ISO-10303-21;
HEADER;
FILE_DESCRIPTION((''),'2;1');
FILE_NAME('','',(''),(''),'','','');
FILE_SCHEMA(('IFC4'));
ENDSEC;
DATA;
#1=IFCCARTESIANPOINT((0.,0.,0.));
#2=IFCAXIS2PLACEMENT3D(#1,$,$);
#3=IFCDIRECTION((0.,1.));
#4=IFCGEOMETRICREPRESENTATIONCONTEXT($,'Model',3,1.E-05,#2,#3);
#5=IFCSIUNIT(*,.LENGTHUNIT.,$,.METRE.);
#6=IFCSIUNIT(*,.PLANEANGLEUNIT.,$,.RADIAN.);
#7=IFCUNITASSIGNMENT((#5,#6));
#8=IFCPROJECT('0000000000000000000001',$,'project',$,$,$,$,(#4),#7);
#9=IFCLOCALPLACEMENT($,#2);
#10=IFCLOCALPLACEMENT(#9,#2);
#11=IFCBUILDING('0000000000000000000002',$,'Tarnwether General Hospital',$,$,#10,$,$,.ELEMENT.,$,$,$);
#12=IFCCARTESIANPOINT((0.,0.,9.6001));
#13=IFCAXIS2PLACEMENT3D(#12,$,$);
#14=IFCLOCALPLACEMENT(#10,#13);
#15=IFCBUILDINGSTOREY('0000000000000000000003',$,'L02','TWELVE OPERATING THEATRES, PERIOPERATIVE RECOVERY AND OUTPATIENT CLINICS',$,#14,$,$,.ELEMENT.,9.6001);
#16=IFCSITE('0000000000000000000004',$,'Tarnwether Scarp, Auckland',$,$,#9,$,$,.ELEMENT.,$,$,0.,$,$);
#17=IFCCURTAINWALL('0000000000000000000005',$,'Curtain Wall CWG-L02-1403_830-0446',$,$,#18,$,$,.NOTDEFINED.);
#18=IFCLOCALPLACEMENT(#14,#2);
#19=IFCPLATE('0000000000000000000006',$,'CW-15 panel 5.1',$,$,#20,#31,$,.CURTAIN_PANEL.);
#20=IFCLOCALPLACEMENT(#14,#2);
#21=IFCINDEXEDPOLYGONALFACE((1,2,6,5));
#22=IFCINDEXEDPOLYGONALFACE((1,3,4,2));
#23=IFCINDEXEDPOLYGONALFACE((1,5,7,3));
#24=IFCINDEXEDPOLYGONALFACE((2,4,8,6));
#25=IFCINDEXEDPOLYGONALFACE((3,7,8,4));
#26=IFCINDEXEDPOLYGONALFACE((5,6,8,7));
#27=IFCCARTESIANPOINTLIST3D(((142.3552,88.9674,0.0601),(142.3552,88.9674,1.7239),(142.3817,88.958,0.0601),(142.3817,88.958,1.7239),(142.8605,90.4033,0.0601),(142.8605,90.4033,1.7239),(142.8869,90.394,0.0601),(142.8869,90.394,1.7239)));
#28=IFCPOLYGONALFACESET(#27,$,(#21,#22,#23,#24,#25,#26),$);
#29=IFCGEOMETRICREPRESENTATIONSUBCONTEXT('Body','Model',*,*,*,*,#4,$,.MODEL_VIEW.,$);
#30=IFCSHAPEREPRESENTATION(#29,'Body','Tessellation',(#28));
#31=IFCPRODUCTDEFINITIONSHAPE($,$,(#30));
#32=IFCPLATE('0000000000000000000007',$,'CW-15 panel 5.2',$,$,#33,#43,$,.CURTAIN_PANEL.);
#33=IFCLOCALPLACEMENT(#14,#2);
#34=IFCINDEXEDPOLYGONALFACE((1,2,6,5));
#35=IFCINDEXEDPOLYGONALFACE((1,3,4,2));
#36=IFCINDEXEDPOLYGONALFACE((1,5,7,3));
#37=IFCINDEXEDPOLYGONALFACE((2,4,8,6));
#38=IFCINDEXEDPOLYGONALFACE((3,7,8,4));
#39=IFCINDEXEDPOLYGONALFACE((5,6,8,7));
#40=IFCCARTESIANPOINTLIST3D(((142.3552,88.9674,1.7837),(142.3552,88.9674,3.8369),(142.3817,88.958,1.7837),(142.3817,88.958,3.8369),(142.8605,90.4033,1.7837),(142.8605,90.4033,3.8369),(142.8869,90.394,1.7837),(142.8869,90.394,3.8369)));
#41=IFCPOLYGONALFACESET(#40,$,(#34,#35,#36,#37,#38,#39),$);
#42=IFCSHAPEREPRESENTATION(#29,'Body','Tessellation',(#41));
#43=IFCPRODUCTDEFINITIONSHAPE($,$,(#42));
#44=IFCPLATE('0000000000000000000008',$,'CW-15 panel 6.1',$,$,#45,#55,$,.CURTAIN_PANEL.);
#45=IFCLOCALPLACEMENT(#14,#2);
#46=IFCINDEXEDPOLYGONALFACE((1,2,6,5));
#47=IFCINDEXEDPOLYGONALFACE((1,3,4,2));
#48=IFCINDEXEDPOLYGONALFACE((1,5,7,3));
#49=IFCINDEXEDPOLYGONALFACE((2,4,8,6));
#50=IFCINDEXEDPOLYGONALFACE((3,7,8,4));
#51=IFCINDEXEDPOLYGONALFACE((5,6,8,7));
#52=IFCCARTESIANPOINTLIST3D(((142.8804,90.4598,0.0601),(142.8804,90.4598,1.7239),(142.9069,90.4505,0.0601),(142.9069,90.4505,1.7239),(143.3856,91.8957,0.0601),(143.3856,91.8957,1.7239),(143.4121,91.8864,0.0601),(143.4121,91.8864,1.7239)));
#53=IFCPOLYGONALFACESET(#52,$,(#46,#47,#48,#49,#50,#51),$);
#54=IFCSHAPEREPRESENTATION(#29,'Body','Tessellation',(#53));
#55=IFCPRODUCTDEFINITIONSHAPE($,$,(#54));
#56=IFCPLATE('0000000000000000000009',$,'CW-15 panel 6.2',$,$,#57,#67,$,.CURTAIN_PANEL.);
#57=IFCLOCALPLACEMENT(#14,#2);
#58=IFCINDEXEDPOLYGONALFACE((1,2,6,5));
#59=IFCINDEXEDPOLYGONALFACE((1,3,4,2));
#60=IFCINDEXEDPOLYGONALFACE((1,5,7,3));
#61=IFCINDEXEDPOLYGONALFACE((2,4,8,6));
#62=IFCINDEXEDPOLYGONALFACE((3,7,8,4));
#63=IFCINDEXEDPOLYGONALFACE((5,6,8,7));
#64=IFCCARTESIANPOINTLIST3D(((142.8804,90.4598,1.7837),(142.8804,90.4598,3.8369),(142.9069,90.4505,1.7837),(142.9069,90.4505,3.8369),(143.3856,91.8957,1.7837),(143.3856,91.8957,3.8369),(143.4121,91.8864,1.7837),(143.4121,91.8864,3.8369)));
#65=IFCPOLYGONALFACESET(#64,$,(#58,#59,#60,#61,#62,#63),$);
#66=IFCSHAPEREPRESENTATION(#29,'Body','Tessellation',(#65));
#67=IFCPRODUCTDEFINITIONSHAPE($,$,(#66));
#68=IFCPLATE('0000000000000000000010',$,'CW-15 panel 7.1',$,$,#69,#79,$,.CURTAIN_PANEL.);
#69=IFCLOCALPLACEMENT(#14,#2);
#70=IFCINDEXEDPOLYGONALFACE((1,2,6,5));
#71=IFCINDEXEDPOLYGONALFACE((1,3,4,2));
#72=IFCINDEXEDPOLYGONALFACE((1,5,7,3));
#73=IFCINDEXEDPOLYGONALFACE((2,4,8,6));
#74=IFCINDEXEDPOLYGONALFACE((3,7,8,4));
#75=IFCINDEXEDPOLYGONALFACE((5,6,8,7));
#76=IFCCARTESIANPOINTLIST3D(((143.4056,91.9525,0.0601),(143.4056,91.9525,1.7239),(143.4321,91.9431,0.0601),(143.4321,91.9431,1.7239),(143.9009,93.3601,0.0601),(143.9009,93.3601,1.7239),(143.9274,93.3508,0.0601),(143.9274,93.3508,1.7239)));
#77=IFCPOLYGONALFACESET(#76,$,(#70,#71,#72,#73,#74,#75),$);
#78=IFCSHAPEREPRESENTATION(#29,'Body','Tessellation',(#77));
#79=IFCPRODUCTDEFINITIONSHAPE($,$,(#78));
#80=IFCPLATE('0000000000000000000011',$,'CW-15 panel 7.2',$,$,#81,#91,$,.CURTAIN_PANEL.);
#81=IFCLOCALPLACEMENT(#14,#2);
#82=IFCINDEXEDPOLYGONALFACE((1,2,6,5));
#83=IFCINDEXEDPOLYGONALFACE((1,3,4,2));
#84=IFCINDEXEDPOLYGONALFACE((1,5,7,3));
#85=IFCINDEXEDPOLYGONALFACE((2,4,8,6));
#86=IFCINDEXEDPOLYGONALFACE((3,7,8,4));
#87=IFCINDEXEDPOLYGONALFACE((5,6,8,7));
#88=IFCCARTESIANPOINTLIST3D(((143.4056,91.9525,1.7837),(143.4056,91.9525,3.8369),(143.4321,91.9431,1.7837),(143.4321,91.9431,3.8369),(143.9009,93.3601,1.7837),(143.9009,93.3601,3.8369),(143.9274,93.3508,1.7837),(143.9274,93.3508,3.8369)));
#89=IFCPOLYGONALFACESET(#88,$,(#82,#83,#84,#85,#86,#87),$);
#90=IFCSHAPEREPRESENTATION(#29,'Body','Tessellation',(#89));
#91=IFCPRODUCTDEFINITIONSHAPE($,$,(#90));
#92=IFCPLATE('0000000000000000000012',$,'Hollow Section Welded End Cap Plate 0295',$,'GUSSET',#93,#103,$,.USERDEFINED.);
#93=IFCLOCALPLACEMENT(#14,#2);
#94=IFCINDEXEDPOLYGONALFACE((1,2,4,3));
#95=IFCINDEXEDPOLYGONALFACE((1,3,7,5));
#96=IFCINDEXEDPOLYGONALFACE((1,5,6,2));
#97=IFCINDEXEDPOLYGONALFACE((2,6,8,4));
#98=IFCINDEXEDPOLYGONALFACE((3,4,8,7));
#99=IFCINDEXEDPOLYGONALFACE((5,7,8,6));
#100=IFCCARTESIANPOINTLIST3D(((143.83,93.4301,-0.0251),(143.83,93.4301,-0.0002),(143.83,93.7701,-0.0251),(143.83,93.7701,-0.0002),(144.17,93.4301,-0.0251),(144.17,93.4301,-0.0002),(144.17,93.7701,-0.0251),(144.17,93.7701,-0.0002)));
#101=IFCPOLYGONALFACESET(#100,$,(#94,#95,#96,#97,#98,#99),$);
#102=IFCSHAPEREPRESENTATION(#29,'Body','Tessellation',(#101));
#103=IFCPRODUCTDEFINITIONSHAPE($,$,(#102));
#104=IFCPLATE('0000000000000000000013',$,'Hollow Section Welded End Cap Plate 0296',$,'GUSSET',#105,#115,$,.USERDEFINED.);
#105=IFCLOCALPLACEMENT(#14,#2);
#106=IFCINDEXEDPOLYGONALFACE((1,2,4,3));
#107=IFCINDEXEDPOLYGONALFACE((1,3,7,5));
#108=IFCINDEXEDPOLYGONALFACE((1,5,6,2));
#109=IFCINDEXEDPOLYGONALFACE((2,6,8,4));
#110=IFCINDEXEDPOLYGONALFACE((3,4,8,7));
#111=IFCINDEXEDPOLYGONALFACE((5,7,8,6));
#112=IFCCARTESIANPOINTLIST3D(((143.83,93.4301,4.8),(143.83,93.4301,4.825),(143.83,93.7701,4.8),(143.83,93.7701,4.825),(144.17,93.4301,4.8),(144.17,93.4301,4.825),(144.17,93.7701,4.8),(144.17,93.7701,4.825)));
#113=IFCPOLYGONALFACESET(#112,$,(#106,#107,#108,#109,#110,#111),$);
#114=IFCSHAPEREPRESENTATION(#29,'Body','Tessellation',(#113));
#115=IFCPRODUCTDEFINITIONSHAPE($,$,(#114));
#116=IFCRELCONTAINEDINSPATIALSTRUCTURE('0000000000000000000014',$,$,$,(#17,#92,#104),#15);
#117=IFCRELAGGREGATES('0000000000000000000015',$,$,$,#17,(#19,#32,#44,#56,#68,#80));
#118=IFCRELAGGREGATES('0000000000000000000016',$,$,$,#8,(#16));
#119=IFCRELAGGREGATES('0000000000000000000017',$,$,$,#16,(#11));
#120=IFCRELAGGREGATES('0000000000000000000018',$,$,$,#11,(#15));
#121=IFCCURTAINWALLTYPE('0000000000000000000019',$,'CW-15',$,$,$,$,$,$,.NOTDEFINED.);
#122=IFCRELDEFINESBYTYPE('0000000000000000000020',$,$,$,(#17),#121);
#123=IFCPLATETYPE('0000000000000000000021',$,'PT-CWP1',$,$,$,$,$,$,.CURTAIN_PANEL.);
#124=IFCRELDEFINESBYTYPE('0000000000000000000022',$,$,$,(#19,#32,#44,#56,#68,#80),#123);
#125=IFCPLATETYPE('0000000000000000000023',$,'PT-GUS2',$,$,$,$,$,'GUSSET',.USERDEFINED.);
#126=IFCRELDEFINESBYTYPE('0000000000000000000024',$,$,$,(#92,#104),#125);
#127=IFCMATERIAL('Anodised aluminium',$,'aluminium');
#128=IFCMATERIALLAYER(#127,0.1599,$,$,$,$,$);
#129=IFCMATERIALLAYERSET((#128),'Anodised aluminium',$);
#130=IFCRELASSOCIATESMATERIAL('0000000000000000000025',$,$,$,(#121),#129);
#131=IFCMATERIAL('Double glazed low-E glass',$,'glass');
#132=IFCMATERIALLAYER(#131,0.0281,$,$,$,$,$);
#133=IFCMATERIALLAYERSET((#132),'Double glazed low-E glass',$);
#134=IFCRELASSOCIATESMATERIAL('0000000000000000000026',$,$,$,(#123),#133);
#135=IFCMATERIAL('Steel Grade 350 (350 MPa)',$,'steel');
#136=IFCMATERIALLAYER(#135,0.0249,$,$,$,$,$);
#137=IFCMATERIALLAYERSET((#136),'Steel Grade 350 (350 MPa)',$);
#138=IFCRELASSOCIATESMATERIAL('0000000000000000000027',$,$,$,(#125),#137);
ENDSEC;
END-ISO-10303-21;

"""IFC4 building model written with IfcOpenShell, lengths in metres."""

from ifc_helpers import new_model, si_unit, direction, frame, origin, origin_2d, place, context, subcontext, project, spatial, rectangle, extrude, material, layer, layer_set, type_object, element, aggregate, save


model = new_model("IFC4")

# Units and contexts
model_context = context("Model", 3, precision=1e-05, world=origin(), true_north=direction((0.0, 1.0)))
body_context = subcontext(model_context, "Body", "Model", "MODEL_VIEW")
ifc_project = project(units=[si_unit("LENGTHUNIT", "METRE"), si_unit("PLANEANGLEUNIT", "RADIAN")], contexts=[model_context])

# Site, building, storey
site_placement = place(None, origin())
site = spatial("IfcSite", under=ifc_project, at=site_placement, Name="Tarnwether Scarp, Auckland", CompositionType="ELEMENT", RefElevation=0.0)
building_placement = place(site_placement, origin())
building = spatial("IfcBuilding", under=site, at=building_placement, Name="Tarnwether General Hospital", CompositionType="ELEMENT")
storey_placement = place(building_placement, frame((0.0, 0.0, 9.6001)))
storey = spatial("IfcBuildingStorey", under=building, at=storey_placement, Name="L02", Description="TWELVE OPERATING THEATRES, PERIOPERATIVE RECOVERY AND OUTPATIENT CLINICS", CompositionType="ELEMENT", Elevation=9.6001)

# Shared definitions
ifc_material_1 = material(Name="Anodised aluminium", Category="aluminium")
ifc_layer_1 = layer(ifc_material_1, 0.1599)
ifc_layer_set_1 = layer_set([ifc_layer_1], Name="Anodised aluminium")
curtain_wall_type = type_object("IfcCurtainWallType", Name="CW-15", PredefinedType="NOTDEFINED", material=ifc_layer_set_1)

# Curtain wall
curtain_wall_1_placement = place(storey_placement, origin())
curtain_wall_1 = element("IfcCurtainWall", 1, at=curtain_wall_1_placement, inside=storey, type_object=curtain_wall_type, Name="Curtain Wall CWG-L02-1403_830-0446", PredefinedType="NOTDEFINED")

# Plates
ifc_material_2 = material(Name="Double glazed low-E glass", Category="glass")
ifc_layer_2 = layer(ifc_material_2, 0.0281)
ifc_layer_set_2 = layer_set([ifc_layer_2], Name="Double glazed low-E glass")
plate_type_1 = type_object("IfcPlateType", Name="PT-CWP1", PredefinedType="CURTAIN_PANEL", material=ifc_layer_set_2)
plate_1_placement = place(storey_placement, frame((142.6211, 89.6807, 0.0601), z_axis=(0.0, 0.0, 1.0), x_axis=(0.331894, 0.943317, 0.0)))
plate_1 = element("IfcPlate", 2, at=plate_1_placement, type_object=plate_type_1, Name="CW-15 panel 5.1", PredefinedType="CURTAIN_PANEL", context=body_context, shape_type="SweptSolid", body=[
    extrude(rectangle(XDim=1.5222, YDim=0.0281, at=origin_2d()), origin(), (0.0, 0.0, 1.0), 1.6638),
])
plate_2_placement = place(storey_placement, frame((142.6211, 89.6807, 1.7837), z_axis=(0.0, 0.0, 1.0), x_axis=(0.331894, 0.943317, 0.0)))
plate_2 = element("IfcPlate", 3, at=plate_2_placement, type_object=plate_type_1, Name="CW-15 panel 5.2", PredefinedType="CURTAIN_PANEL", context=body_context, shape_type="SweptSolid", body=[
    extrude(rectangle(XDim=1.5222, YDim=0.0281, at=origin_2d()), origin(), (0.0, 0.0, 1.0), 2.0532),
])
plate_3_placement = place(storey_placement, frame((143.1462, 91.1731, 0.0601), z_axis=(0.0, 0.0, 1.0), x_axis=(0.331894, 0.943317, 0.0)))
plate_3 = element("IfcPlate", 4, at=plate_3_placement, type_object=plate_type_1, Name="CW-15 panel 6.1", PredefinedType="CURTAIN_PANEL", context=body_context, shape_type="SweptSolid", body=[
    extrude(rectangle(XDim=1.5222, YDim=0.0281, at=origin_2d()), origin(), (0.0, 0.0, 1.0), 1.6638),
])
plate_4_placement = place(storey_placement, frame((143.1462, 91.1731, 1.7837), z_axis=(0.0, 0.0, 1.0), x_axis=(0.331894, 0.943317, 0.0)))
plate_4 = element("IfcPlate", 5, at=plate_4_placement, type_object=plate_type_1, Name="CW-15 panel 6.2", PredefinedType="CURTAIN_PANEL", context=body_context, shape_type="SweptSolid", body=[
    extrude(rectangle(XDim=1.5222, YDim=0.0281, at=origin_2d()), origin(), (0.0, 0.0, 1.0), 2.0532),
])
plate_5_placement = place(storey_placement, frame((143.6665, 92.6516, 0.0601), z_axis=(0.0, 0.0, 1.0), x_axis=(0.331894, 0.943317, 0.0)))
plate_5 = element("IfcPlate", 6, at=plate_5_placement, type_object=plate_type_1, Name="CW-15 panel 7.1", PredefinedType="CURTAIN_PANEL", context=body_context, shape_type="SweptSolid", body=[
    extrude(rectangle(XDim=1.4922, YDim=0.0281, at=origin_2d()), origin(), (0.0, 0.0, 1.0), 1.6638),
])
plate_6_placement = place(storey_placement, frame((143.6665, 92.6516, 1.7837), z_axis=(0.0, 0.0, 1.0), x_axis=(0.331894, 0.943317, 0.0)))
plate_6 = element("IfcPlate", 7, at=plate_6_placement, type_object=plate_type_1, Name="CW-15 panel 7.2", PredefinedType="CURTAIN_PANEL", context=body_context, shape_type="SweptSolid", body=[
    extrude(rectangle(XDim=1.4922, YDim=0.0281, at=origin_2d()), origin(), (0.0, 0.0, 1.0), 2.0532),
])
aggregate(curtain_wall_1, [plate_1, plate_2, plate_3, plate_4, plate_5, plate_6])

# Plates
ifc_material_3 = material(Name="Steel Grade 350 (350 MPa)", Category="steel")
ifc_layer_3 = layer(ifc_material_3, 0.0249)
ifc_layer_set_3 = layer_set([ifc_layer_3], Name="Steel Grade 350 (350 MPa)")
plate_type_2 = type_object("IfcPlateType", Name="PT-GUS2", ElementType="GUSSET", PredefinedType="USERDEFINED", material=ifc_layer_set_3)
for number, where, z_axis, x_axis, name in (
    (8, (144.0, 93.6001, -0.0251), (0.0, 0.0, 1.0), (1.0, 0.0, 0.0), "Hollow Section Welded End Cap Plate 0295"),
    (9, (144.0, 93.6001, 4.8), (0.0, 0.0, 1.0), (1.0, 0.0, 0.0), "Hollow Section Welded End Cap Plate 0296"),
):
    element("IfcPlate", number, at=place(storey_placement, frame(where, z_axis=z_axis, x_axis=x_axis)), inside=storey, type_object=plate_type_2, Name=name, ObjectType="GUSSET", PredefinedType="USERDEFINED", context=body_context, shape_type="SweptSolid", body=[
        extrude(rectangle(XDim=0.3401, YDim=0.3401, at=origin_2d()), origin(), (0.0, 0.0, 1.0), 0.0249),
    ])

save(model, "model.ifc")
